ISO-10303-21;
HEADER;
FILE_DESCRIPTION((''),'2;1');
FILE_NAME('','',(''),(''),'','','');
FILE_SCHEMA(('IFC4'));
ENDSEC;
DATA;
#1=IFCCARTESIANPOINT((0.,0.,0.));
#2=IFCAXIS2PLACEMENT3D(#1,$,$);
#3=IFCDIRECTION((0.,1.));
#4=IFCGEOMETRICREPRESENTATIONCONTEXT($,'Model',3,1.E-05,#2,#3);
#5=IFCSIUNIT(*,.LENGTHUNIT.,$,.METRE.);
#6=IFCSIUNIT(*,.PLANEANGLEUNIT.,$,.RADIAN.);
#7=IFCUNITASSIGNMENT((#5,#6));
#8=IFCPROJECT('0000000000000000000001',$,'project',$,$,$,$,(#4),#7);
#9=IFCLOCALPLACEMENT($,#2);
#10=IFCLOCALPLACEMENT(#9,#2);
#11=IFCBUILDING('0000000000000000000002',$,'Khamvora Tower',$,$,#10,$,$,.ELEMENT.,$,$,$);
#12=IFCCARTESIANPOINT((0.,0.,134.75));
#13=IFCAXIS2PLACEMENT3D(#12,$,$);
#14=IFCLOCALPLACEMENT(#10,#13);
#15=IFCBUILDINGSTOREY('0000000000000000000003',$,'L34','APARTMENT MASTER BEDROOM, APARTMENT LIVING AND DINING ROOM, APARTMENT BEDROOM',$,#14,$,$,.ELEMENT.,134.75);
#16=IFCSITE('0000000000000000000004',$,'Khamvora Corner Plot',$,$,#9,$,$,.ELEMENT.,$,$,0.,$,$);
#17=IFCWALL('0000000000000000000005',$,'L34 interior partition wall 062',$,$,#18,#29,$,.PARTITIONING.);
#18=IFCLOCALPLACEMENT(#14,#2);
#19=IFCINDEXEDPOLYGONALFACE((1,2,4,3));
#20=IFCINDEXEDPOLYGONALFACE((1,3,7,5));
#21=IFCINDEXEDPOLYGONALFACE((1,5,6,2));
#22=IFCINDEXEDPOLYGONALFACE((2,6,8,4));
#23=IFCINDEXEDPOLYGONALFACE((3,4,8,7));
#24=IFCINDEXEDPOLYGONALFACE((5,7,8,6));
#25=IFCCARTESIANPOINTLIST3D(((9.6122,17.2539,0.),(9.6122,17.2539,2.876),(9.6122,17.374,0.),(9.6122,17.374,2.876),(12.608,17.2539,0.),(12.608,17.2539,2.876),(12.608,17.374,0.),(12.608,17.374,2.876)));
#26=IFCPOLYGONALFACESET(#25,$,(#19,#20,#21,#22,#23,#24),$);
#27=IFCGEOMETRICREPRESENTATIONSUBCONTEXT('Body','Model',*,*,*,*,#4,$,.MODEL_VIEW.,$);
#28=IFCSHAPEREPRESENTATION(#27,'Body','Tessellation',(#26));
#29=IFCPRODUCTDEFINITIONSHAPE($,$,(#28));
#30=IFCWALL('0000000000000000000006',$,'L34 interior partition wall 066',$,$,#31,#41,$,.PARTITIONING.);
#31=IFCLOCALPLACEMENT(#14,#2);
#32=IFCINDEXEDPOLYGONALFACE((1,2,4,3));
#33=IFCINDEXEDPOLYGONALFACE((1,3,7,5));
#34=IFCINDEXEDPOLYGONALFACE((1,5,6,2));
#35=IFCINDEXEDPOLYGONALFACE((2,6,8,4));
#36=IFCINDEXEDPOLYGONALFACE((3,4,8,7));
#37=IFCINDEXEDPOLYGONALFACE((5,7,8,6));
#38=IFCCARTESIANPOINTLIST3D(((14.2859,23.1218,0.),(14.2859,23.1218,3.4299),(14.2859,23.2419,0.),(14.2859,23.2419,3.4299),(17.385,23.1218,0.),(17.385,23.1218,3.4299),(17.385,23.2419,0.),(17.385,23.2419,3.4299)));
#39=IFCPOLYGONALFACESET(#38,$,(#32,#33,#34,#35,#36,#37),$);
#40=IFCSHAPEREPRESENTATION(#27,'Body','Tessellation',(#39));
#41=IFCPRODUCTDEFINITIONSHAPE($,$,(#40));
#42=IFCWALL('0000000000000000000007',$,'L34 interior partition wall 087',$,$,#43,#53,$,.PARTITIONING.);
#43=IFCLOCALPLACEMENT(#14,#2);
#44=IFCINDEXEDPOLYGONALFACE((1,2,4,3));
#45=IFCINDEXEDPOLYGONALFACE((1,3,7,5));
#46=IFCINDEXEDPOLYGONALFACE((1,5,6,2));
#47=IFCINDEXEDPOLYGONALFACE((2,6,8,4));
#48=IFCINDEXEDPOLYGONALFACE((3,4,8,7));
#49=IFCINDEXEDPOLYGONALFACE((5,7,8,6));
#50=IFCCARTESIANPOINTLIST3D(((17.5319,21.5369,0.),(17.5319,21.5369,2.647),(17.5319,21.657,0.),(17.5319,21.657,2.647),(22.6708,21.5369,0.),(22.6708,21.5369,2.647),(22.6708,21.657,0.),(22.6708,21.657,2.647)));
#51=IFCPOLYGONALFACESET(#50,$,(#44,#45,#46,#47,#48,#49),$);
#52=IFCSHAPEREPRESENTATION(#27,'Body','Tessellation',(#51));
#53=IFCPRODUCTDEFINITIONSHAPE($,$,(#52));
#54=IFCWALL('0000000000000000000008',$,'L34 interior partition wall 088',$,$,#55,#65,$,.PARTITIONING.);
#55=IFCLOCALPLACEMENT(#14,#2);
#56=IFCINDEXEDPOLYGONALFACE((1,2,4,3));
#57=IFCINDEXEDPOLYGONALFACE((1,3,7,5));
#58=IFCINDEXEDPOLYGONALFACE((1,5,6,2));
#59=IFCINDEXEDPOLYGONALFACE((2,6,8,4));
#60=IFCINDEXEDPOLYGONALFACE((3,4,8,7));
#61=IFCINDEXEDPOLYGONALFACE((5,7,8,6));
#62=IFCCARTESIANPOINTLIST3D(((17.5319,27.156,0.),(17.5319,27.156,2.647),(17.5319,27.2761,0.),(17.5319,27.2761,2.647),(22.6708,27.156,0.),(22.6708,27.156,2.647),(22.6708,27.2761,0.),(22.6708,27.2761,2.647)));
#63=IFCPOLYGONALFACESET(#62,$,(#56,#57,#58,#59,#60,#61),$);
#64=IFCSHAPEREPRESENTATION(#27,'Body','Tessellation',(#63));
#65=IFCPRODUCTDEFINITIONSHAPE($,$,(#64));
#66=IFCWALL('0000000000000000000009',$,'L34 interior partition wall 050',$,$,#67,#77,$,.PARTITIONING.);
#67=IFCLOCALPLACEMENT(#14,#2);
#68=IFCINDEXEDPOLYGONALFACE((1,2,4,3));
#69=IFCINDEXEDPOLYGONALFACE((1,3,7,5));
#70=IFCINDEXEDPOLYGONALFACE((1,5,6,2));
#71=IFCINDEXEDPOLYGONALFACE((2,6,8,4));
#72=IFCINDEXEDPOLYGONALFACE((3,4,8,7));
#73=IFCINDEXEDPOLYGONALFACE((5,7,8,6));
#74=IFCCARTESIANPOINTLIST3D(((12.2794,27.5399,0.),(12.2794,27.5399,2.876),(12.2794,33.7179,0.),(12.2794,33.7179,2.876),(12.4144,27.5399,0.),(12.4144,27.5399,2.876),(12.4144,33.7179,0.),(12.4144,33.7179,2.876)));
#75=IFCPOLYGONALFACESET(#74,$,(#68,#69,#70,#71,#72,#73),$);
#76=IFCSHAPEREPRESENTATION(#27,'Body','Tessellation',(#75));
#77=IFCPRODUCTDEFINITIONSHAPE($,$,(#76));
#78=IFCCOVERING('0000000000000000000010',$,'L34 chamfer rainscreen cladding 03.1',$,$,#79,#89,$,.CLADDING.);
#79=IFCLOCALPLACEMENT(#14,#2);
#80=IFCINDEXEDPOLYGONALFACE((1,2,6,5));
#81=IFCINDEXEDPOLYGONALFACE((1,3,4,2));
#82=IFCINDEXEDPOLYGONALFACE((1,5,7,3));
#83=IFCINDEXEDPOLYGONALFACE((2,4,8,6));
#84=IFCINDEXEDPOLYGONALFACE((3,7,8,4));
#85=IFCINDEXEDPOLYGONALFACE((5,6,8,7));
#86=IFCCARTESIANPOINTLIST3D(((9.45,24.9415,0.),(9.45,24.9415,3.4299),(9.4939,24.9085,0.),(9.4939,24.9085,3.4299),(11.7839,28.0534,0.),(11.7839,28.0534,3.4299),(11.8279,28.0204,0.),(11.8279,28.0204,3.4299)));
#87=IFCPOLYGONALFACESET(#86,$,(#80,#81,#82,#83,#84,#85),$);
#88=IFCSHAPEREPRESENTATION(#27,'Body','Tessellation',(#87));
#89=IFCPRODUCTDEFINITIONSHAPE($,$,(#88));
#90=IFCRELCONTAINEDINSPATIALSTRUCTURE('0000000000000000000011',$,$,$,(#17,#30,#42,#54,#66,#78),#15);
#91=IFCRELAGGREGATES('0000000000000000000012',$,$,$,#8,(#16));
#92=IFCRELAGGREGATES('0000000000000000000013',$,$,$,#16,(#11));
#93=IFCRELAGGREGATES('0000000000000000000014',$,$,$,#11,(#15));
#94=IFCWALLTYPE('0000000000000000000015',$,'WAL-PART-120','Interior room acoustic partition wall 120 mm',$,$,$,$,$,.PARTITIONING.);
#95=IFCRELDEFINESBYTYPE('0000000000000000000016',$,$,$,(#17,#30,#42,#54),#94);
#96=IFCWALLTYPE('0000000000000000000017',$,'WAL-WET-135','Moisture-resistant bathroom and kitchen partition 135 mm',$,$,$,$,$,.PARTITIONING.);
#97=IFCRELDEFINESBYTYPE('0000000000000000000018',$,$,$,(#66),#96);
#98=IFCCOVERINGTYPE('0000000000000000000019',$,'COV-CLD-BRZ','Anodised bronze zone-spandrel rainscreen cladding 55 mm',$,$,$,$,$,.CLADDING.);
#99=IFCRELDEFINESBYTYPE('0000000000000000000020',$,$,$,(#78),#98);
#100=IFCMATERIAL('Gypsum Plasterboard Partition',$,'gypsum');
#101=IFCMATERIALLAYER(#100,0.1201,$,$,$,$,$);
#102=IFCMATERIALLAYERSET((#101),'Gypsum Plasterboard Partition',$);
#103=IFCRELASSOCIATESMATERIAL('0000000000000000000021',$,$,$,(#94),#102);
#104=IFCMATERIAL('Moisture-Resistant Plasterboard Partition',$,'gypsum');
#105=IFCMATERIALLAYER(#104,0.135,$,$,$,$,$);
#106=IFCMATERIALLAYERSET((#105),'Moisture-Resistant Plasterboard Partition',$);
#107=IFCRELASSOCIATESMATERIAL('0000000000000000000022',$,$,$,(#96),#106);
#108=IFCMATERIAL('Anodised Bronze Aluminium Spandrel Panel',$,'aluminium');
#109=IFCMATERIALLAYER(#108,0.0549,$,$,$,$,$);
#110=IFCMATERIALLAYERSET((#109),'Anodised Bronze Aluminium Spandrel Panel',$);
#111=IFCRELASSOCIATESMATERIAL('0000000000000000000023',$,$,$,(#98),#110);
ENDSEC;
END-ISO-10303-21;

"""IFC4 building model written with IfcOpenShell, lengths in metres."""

from ifc_helpers import new_model, si_unit, direction, frame, frame_2d, origin, origin_2d, place, context, subcontext, project, spatial, rectangle, extrude, material, layer, layer_set, type_object, element, save


model = new_model("IFC4")

# Units and contexts
model_context = context("Model", 3, precision=1e-05, world=origin(), true_north=direction((0.0, 1.0)))
body_context = subcontext(model_context, "Body", "Model", "MODEL_VIEW")
ifc_project = project(units=[si_unit("LENGTHUNIT", "METRE"), si_unit("PLANEANGLEUNIT", "RADIAN")], contexts=[model_context])

# Site, building, storey
site_placement = place(None, origin())
site = spatial("IfcSite", under=ifc_project, at=site_placement, Name="Khamvora Corner Plot", CompositionType="ELEMENT", RefElevation=0.0)
building_placement = place(site_placement, origin())
building = spatial("IfcBuilding", under=site, at=building_placement, Name="Khamvora Tower", CompositionType="ELEMENT")
storey_placement = place(building_placement, frame((0.0, 0.0, 134.75)))
storey = spatial("IfcBuildingStorey", under=building, at=storey_placement, Name="L34", Description="APARTMENT MASTER BEDROOM, APARTMENT LIVING AND DINING ROOM, APARTMENT BEDROOM", CompositionType="ELEMENT", Elevation=134.75)

# Shared definitions
ifc_material_1 = material(Name="Gypsum Plasterboard Partition", Category="gypsum")
ifc_layer_1 = layer(ifc_material_1, 0.1201)
ifc_layer_set_1 = layer_set([ifc_layer_1], Name="Gypsum Plasterboard Partition")
wall_type_1 = type_object("IfcWallType", Name="WAL-PART-120", Description="Interior room acoustic partition wall 120 mm", PredefinedType="PARTITIONING", material=ifc_layer_set_1)

# Walls
wall_1_placement = place(storey_placement, frame((9.6121, 17.314, 0.0), z_axis=(0.0, 0.0, 1.0), x_axis=(1.0, 0.0, 0.0)))
element("IfcWall", 1, at=wall_1_placement, inside=storey, type_object=wall_type_1, Name="L34 interior partition wall 062", PredefinedType="PARTITIONING", context=body_context, shape_type="SweptSolid", body=[
    extrude(rectangle(XDim=2.9958, YDim=0.1201, at=frame_2d((1.498, 0.0))), origin(), (0.0, 0.0, 1.0), 2.876),
])
wall_2_placement = place(storey_placement, frame((14.2859, 23.1819, 0.0), z_axis=(0.0, 0.0, 1.0), x_axis=(1.0, 0.0, 0.0)))
element("IfcWall", 2, at=wall_2_placement, inside=storey, type_object=wall_type_1, Name="L34 interior partition wall 066", PredefinedType="PARTITIONING", context=body_context, shape_type="SweptSolid", body=[
    extrude(rectangle(XDim=3.0991, YDim=0.1201, at=frame_2d((1.5496, 0.0))), origin(), (0.0, 0.0, 1.0), 3.4299),
])
for number, where, z_axis, x_axis, name in (
    (3, (17.532, 21.5969, 0.0), (0.0, 0.0, 1.0), (1.0, 0.0, 0.0), "L34 interior partition wall 087"),
    (4, (17.532, 27.2161, 0.0), (0.0, 0.0, 1.0), (1.0, 0.0, 0.0), "L34 interior partition wall 088"),
):
    element("IfcWall", number, at=place(storey_placement, frame(where, z_axis=z_axis, x_axis=x_axis)), inside=storey, type_object=wall_type_1, Name=name, PredefinedType="PARTITIONING", context=body_context, shape_type="SweptSolid", body=[
        extrude(rectangle(XDim=5.1389, YDim=0.1201, at=frame_2d((2.5693, 0.0))), origin(), (0.0, 0.0, 1.0), 2.647),
    ])
ifc_material_2 = material(Name="Moisture-Resistant Plasterboard Partition", Category="gypsum")
ifc_layer_2 = layer(ifc_material_2, 0.135)
ifc_layer_set_2 = layer_set([ifc_layer_2], Name="Moisture-Resistant Plasterboard Partition")
wall_type_2 = type_object("IfcWallType", Name="WAL-WET-135", Description="Moisture-resistant bathroom and kitchen partition 135 mm", PredefinedType="PARTITIONING", material=ifc_layer_set_2)
wall_3_placement = place(storey_placement, frame((12.3469, 27.54, 0.0), z_axis=(0.0, 0.0, 1.0), x_axis=(0.0, 1.0, 0.0)))
element("IfcWall", 5, at=wall_3_placement, inside=storey, type_object=wall_type_2, Name="L34 interior partition wall 050", PredefinedType="PARTITIONING", context=body_context, shape_type="SweptSolid", body=[
    extrude(rectangle(XDim=6.178, YDim=0.135, at=frame_2d((3.0889, 0.0))), origin(), (0.0, 0.0, 1.0), 2.876),
])

# Covering
ifc_material_3 = material(Name="Anodised Bronze Aluminium Spandrel Panel", Category="aluminium")
ifc_layer_3 = layer(ifc_material_3, 0.0549)
ifc_layer_set_3 = layer_set([ifc_layer_3], Name="Anodised Bronze Aluminium Spandrel Panel")
covering_type = type_object("IfcCoveringType", Name="COV-CLD-BRZ", Description="Anodised bronze zone-spandrel rainscreen cladding 55 mm", PredefinedType="CLADDING", material=ifc_layer_set_3)
covering_placement = place(storey_placement, frame((10.6389, 26.481, 0.0), z_axis=(0.0, 0.0, 1.0), x_axis=(0.6, 0.8, 0.0)))
element("IfcCovering", 6, at=covering_placement, inside=storey, type_object=covering_type, Name="L34 chamfer rainscreen cladding 03.1", PredefinedType="CLADDING", context=body_context, shape_type="SweptSolid", body=[
    extrude(rectangle(XDim=3.8899, YDim=0.0549, at=origin_2d()), origin(), (0.0, 0.0, 1.0), 3.4299),
])

save(model, "model.ifc")
